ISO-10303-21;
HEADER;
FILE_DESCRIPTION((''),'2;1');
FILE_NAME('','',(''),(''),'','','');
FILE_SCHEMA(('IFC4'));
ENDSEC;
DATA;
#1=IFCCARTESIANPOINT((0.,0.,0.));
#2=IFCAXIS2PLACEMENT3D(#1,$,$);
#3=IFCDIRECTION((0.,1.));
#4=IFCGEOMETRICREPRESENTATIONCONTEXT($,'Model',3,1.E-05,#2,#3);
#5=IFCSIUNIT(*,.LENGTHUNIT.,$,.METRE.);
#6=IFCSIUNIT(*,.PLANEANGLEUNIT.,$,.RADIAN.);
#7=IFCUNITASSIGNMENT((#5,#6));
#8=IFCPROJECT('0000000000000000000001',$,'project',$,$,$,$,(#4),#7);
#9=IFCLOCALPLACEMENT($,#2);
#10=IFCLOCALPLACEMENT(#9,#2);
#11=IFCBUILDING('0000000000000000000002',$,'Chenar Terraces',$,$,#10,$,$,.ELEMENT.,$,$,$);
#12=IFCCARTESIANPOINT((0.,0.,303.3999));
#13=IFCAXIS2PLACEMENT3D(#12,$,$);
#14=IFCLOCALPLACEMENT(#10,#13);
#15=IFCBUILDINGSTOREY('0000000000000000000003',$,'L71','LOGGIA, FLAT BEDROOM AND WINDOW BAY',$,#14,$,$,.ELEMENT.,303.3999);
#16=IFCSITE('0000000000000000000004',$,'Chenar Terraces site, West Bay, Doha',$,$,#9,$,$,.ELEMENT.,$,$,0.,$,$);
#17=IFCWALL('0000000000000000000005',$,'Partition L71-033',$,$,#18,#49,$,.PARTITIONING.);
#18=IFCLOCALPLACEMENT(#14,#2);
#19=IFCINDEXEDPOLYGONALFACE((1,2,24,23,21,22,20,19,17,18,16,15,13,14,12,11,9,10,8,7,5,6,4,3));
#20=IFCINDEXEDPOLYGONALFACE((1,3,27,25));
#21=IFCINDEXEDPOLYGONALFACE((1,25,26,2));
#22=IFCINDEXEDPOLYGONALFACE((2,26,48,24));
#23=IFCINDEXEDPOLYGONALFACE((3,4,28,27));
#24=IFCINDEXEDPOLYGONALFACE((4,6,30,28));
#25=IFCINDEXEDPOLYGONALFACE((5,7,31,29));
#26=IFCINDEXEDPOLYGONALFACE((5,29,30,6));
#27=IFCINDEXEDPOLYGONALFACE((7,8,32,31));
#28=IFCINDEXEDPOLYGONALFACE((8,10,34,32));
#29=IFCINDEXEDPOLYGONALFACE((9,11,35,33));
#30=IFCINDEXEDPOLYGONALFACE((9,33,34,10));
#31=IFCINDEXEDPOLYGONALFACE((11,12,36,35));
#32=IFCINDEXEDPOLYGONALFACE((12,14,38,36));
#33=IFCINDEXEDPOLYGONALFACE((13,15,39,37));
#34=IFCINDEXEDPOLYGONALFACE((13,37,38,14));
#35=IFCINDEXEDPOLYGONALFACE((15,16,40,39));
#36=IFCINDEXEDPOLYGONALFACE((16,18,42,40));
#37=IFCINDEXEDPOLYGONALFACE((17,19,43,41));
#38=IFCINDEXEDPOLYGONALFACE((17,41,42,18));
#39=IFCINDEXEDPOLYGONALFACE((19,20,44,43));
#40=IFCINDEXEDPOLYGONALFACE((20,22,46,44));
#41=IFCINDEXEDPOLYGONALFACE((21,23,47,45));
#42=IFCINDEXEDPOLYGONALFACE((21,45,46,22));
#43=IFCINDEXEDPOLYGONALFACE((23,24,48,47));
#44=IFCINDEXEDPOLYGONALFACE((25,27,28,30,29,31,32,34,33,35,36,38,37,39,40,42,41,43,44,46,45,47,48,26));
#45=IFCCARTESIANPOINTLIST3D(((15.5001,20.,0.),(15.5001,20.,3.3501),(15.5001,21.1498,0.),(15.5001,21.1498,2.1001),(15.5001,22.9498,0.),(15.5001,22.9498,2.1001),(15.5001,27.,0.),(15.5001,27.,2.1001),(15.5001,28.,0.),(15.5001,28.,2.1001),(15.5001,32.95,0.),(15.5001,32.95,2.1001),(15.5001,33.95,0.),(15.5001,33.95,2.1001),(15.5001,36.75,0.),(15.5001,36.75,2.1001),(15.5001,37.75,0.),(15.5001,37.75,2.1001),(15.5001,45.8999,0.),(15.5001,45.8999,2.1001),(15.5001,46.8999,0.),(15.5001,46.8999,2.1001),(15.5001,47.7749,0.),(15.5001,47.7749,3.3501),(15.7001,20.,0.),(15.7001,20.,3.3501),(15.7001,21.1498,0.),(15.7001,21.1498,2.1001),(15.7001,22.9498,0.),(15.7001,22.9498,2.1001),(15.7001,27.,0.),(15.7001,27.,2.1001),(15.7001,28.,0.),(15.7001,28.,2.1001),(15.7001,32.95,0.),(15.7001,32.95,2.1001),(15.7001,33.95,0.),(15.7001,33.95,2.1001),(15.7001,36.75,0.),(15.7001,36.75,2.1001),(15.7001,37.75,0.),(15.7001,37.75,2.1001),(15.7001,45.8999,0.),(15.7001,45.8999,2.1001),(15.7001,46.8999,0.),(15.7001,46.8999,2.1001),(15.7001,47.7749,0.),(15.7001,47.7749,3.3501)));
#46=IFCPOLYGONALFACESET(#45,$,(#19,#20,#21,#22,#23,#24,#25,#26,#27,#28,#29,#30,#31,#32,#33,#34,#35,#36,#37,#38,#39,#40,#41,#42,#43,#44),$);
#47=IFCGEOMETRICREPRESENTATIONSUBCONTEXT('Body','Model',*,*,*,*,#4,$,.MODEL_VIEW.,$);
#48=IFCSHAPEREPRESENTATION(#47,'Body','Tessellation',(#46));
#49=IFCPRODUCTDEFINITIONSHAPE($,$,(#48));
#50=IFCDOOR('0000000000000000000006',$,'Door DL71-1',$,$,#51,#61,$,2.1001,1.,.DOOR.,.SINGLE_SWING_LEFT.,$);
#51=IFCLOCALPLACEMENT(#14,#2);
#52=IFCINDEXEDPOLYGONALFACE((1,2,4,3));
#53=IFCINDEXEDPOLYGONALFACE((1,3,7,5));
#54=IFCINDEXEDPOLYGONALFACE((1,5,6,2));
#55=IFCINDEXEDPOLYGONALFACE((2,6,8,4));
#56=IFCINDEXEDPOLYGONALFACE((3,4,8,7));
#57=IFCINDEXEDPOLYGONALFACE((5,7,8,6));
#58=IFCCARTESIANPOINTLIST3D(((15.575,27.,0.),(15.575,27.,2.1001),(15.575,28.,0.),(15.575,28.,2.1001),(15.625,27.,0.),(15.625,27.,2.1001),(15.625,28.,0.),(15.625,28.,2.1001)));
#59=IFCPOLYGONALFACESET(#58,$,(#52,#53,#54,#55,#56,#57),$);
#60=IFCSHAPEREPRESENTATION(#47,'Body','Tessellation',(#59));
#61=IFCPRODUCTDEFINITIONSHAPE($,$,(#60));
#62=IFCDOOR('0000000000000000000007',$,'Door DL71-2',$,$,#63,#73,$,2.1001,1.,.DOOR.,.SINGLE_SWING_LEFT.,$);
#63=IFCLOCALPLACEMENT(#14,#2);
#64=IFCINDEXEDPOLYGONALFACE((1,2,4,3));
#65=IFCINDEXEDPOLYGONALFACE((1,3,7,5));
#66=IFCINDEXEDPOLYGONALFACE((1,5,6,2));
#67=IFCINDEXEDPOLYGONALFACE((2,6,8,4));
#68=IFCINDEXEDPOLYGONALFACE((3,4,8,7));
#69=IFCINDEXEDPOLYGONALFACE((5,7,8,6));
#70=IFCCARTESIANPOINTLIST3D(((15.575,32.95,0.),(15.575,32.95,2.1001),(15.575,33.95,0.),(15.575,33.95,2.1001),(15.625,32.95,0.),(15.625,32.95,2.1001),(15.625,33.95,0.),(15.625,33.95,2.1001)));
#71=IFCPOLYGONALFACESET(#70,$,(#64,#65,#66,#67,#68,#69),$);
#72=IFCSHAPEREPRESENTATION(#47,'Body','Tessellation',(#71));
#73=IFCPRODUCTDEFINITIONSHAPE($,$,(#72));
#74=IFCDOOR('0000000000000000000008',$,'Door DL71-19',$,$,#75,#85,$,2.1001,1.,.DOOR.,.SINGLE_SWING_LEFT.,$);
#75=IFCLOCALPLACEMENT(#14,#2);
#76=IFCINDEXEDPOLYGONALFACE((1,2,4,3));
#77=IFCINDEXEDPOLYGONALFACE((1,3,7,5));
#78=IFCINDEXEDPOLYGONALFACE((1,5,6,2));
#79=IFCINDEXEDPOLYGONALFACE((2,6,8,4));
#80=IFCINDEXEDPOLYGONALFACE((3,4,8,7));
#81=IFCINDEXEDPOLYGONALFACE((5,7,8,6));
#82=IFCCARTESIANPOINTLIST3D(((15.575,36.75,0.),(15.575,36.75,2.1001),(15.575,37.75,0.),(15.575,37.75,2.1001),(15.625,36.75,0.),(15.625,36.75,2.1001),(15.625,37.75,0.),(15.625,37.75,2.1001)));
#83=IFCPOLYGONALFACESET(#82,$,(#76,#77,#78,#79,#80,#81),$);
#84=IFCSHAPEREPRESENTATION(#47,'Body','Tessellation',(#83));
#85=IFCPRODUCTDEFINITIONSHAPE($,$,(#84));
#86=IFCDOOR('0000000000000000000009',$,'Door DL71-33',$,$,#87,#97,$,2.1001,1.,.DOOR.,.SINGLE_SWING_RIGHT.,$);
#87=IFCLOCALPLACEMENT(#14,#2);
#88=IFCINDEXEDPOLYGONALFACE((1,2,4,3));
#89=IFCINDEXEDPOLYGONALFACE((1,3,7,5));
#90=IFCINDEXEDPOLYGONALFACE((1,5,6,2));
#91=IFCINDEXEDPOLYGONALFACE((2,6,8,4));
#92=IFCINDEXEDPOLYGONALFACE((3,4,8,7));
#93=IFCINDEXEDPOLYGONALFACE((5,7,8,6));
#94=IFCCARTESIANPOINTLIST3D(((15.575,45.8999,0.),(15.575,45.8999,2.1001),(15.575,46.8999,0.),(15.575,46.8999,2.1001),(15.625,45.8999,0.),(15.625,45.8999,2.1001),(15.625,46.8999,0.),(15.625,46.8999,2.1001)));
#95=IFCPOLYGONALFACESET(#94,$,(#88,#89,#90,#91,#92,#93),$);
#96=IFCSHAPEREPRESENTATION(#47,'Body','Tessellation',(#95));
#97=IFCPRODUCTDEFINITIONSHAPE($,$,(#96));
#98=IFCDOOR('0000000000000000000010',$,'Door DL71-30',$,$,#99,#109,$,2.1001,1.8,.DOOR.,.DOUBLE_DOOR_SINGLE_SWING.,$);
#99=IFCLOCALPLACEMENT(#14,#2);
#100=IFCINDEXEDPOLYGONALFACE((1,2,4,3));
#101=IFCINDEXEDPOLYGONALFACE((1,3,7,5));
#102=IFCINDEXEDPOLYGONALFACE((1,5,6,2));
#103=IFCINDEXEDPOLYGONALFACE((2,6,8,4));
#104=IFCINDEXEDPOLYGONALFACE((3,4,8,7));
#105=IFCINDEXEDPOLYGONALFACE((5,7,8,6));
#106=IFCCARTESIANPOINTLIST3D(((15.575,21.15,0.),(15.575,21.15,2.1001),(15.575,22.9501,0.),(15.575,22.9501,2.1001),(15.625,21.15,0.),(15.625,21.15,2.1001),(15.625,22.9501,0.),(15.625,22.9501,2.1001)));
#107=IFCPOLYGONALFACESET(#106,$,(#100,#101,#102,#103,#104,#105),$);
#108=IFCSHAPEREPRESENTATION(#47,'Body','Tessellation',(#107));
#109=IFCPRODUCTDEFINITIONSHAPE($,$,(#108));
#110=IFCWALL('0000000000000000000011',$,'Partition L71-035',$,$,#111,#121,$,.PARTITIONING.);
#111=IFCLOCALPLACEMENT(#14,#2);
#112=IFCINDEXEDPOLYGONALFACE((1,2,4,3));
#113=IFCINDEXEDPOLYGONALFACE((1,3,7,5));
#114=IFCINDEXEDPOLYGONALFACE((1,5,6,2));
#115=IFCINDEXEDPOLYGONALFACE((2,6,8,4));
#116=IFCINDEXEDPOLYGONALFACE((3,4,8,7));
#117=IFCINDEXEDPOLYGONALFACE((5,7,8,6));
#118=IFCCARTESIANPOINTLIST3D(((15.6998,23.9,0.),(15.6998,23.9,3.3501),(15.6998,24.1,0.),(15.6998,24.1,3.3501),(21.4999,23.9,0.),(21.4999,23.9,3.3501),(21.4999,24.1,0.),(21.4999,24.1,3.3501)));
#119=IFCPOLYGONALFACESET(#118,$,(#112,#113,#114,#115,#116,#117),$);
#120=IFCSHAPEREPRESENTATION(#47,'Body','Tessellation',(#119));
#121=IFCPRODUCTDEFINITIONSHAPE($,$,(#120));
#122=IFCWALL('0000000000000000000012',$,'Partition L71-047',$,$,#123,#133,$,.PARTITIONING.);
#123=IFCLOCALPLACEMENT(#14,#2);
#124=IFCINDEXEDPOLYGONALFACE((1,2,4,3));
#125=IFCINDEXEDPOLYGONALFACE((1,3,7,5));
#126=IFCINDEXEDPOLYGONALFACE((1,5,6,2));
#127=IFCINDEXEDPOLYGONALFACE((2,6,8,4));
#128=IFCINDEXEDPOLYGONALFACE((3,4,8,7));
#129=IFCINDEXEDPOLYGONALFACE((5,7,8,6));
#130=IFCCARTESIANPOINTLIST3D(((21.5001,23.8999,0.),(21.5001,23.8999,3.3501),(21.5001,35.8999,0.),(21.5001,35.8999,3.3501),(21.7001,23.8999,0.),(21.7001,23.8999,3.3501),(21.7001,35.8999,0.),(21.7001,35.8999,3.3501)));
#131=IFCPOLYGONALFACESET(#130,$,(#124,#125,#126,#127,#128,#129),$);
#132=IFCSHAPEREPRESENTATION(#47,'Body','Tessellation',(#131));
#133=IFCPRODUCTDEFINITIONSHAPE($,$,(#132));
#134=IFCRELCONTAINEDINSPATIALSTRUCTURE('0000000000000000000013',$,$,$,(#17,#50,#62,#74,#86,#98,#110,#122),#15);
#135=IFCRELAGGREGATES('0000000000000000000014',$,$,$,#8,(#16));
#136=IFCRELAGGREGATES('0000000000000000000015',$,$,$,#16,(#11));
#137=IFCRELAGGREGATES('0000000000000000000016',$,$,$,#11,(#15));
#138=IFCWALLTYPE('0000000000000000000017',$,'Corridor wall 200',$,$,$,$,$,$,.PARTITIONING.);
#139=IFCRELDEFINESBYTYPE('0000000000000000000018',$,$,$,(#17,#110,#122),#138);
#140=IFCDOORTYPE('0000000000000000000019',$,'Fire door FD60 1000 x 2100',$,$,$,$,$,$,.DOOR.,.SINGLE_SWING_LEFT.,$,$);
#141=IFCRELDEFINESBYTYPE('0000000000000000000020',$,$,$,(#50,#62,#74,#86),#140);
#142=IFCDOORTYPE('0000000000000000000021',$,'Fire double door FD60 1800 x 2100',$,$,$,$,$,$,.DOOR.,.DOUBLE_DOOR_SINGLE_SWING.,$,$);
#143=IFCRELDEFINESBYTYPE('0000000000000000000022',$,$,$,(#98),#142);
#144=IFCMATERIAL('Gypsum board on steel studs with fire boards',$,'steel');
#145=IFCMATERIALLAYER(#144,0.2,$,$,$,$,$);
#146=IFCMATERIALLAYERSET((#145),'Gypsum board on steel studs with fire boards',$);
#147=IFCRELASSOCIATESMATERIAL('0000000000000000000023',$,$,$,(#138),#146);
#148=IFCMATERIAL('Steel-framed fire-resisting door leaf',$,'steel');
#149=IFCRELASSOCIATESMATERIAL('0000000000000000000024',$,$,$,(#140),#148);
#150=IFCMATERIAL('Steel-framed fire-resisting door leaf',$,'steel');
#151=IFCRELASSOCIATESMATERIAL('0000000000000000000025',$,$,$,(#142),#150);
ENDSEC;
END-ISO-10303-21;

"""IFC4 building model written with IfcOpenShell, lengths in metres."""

from ifc_helpers import new_model, si_unit, direction, frame, frame_2d, origin, place, context, subcontext, project, spatial, rectangle, extrude, material, layer, layer_set, type_object, element, fill, save


model = new_model("IFC4")

# Units and contexts
model_context = context("Model", 3, precision=1e-05, world=origin(), true_north=direction((0.0, 1.0)))
body_context = subcontext(model_context, "Body", "Model", "MODEL_VIEW")
ifc_project = project(units=[si_unit("LENGTHUNIT", "METRE"), si_unit("PLANEANGLEUNIT", "RADIAN")], contexts=[model_context])

# Site, building, storey
site_placement = place(None, origin())
site = spatial("IfcSite", under=ifc_project, at=site_placement, Name="Chenar Terraces site, West Bay, Doha", CompositionType="ELEMENT", RefElevation=0.0)
building_placement = place(site_placement, origin())
building = spatial("IfcBuilding", under=site, at=building_placement, Name="Chenar Terraces", CompositionType="ELEMENT")
storey_placement = place(building_placement, frame((0.0, 0.0, 303.3999)))
storey = spatial("IfcBuildingStorey", under=building, at=storey_placement, Name="L71", Description="LOGGIA, FLAT BEDROOM AND WINDOW BAY", CompositionType="ELEMENT", Elevation=303.3999)

# Wall, openings, doors
ifc_material_1 = material(Name="Gypsum board on steel studs with fire boards", Category="steel")
ifc_layer_1 = layer(ifc_material_1, 0.2)
ifc_layer_set_1 = layer_set([ifc_layer_1], Name="Gypsum board on steel studs with fire boards")
wall_type_1 = type_object("IfcWallType", Name="Corridor wall 200", PredefinedType="PARTITIONING", material=ifc_layer_set_1)
wall_1_placement = place(storey_placement, frame((15.6001, 20.0, 0.0), z_axis=(0.0, 0.0, 1.0), x_axis=(0.0, 1.0, 0.0)))
wall_1 = element("IfcWall", 1, at=wall_1_placement, inside=storey, type_object=wall_type_1, Name="Partition L71-033", PredefinedType="PARTITIONING", context=body_context, shape_type="SweptSolid", body=[
    extrude(rectangle(XDim=27.7749, YDim=0.2, at=frame_2d((13.8875, 0.0))), origin(), (0.0, 0.0, 1.0), 3.3501),
])
opening_1_placement = place(wall_1_placement, frame((7.0, 0.0, 0.0)))
opening_1 = element("IfcOpeningElement", 2, at=opening_1_placement, cuts=wall_1, PredefinedType="OPENING", context=body_context, shape_type="SweptSolid", body=[
    extrude(rectangle(XDim=1.0, YDim=2.1001, at=frame_2d((0.5, 1.05))), frame((0.0, 0.1099, 0.0), z_axis=(0.0, -1.0, 0.0), x_axis=(1.0, 0.0, 0.0)), (0.0, 0.0, 1.0), 0.22),
])
opening_2_placement = place(wall_1_placement, frame((12.95, 0.0, 0.0)))
opening_2 = element("IfcOpeningElement", 3, at=opening_2_placement, cuts=wall_1, PredefinedType="OPENING", context=body_context, shape_type="SweptSolid", body=[
    extrude(rectangle(XDim=1.0, YDim=2.1001, at=frame_2d((0.5, 1.05))), frame((0.0, 0.1099, 0.0), z_axis=(0.0, -1.0, 0.0), x_axis=(1.0, 0.0, 0.0)), (0.0, 0.0, 1.0), 0.22),
])
opening_3_placement = place(wall_1_placement, frame((16.75, 0.0, 0.0)))
opening_3 = element("IfcOpeningElement", 4, at=opening_3_placement, cuts=wall_1, PredefinedType="OPENING", context=body_context, shape_type="SweptSolid", body=[
    extrude(rectangle(XDim=1.0, YDim=2.1001, at=frame_2d((0.5, 1.05))), frame((0.0, 0.1099, 0.0), z_axis=(0.0, -1.0, 0.0), x_axis=(1.0, 0.0, 0.0)), (0.0, 0.0, 1.0), 0.22),
])
opening_4_placement = place(wall_1_placement, frame((1.1499, 0.0, 0.0)))
opening_4 = element("IfcOpeningElement", 5, at=opening_4_placement, cuts=wall_1, PredefinedType="OPENING", context=body_context, shape_type="SweptSolid", body=[
    extrude(rectangle(XDim=1.8, YDim=2.1001, at=frame_2d((0.8999, 1.05))), frame((0.0, 0.1099, 0.0), z_axis=(0.0, -1.0, 0.0), x_axis=(1.0, 0.0, 0.0)), (0.0, 0.0, 1.0), 0.22),
])
opening_5_placement = place(wall_1_placement, frame((25.8999, 0.0, 0.0)))
opening_5 = element("IfcOpeningElement", 6, at=opening_5_placement, cuts=wall_1, PredefinedType="OPENING", context=body_context, shape_type="SweptSolid", body=[
    extrude(rectangle(XDim=1.0, YDim=2.1001, at=frame_2d((0.5, 1.05))), frame((0.0, 0.1099, 0.0), z_axis=(0.0, -1.0, 0.0), x_axis=(1.0, 0.0, 0.0)), (0.0, 0.0, 1.0), 0.22),
])
ifc_material_2 = material(Name="Steel-framed fire-resisting door leaf", Category="steel")
door_type_1 = type_object("IfcDoorType", Name="Fire door FD60 1000 x 2100", OperationType="SINGLE_SWING_LEFT", PredefinedType="DOOR", material=ifc_material_2)
door_1_placement = place(opening_1_placement, frame((1.0, 0.0, 0.0), z_axis=(0.0, 0.0, 1.0), x_axis=(-1.0, 0.0, 0.0)))
door_1 = element("IfcDoor", 7, at=door_1_placement, inside=storey, type_object=door_type_1, Name="Door DL71-1", OperationType="SINGLE_SWING_LEFT", OverallHeight=2.1001, OverallWidth=1.0, PredefinedType="DOOR", context=body_context, shape_type="SweptSolid", body=[
    extrude(rectangle(XDim=1.0, YDim=2.1001, at=frame_2d((0.5, 1.05))), frame((0.0, 0.0249, 0.0), z_axis=(0.0, -1.0, 0.0), x_axis=(1.0, 0.0, 0.0)), (0.0, 0.0, 1.0), 0.05),
])
fill(opening_1, door_1)
door_2_placement = place(opening_2_placement, frame((1.0, 0.0, 0.0), z_axis=(0.0, 0.0, 1.0), x_axis=(-1.0, 0.0, 0.0)))
door_2 = element("IfcDoor", 8, at=door_2_placement, inside=storey, type_object=door_type_1, Name="Door DL71-2", OperationType="SINGLE_SWING_LEFT", OverallHeight=2.1001, OverallWidth=1.0, PredefinedType="DOOR", context=body_context, shape_type="SweptSolid", body=[
    extrude(rectangle(XDim=1.0, YDim=2.1001, at=frame_2d((0.5, 1.05))), frame((0.0, 0.0249, 0.0), z_axis=(0.0, -1.0, 0.0), x_axis=(1.0, 0.0, 0.0)), (0.0, 0.0, 1.0), 0.05),
])
fill(opening_2, door_2)
door_3_placement = place(opening_3_placement, frame((1.0, 0.0, 0.0), z_axis=(0.0, 0.0, 1.0), x_axis=(-1.0, 0.0, 0.0)))
door_3 = element("IfcDoor", 9, at=door_3_placement, inside=storey, type_object=door_type_1, Name="Door DL71-19", OperationType="SINGLE_SWING_LEFT", OverallHeight=2.1001, OverallWidth=1.0, PredefinedType="DOOR", context=body_context, shape_type="SweptSolid", body=[
    extrude(rectangle(XDim=1.0, YDim=2.1001, at=frame_2d((0.5, 1.05))), frame((0.0, 0.0249, 0.0), z_axis=(0.0, -1.0, 0.0), x_axis=(1.0, 0.0, 0.0)), (0.0, 0.0, 1.0), 0.05),
])
fill(opening_3, door_3)
door_4_placement = place(opening_5_placement, frame((1.0, 0.0, 0.0), z_axis=(0.0, 0.0, 1.0), x_axis=(-1.0, 0.0, 0.0)))
door_4 = element("IfcDoor", 10, at=door_4_placement, inside=storey, type_object=door_type_1, Name="Door DL71-33", OperationType="SINGLE_SWING_RIGHT", OverallHeight=2.1001, OverallWidth=1.0, PredefinedType="DOOR", context=body_context, shape_type="SweptSolid", body=[
    extrude(rectangle(XDim=1.0, YDim=2.1001, at=frame_2d((0.5, 1.05))), frame((0.0, 0.0249, 0.0), z_axis=(0.0, -1.0, 0.0), x_axis=(1.0, 0.0, 0.0)), (0.0, 0.0, 1.0), 0.05),
])
fill(opening_5, door_4)
ifc_material_3 = material(Name="Steel-framed fire-resisting door leaf", Category="steel")
door_type_2 = type_object("IfcDoorType", Name="Fire double door FD60 1800 x 2100", OperationType="DOUBLE_DOOR_SINGLE_SWING", PredefinedType="DOOR", material=ifc_material_3)
door_5_placement = place(opening_4_placement, frame((1.8, 0.0, 0.0), z_axis=(0.0, 0.0, 1.0), x_axis=(-1.0, 0.0, 0.0)))
door_5 = element("IfcDoor", 11, at=door_5_placement, inside=storey, type_object=door_type_2, Name="Door DL71-30", OperationType="DOUBLE_DOOR_SINGLE_SWING", OverallHeight=2.1001, OverallWidth=1.8, PredefinedType="DOOR", context=body_context, shape_type="SweptSolid", body=[
    extrude(rectangle(XDim=1.8, YDim=2.1001, at=frame_2d((0.8999, 1.05))), frame((0.0, 0.0249, 0.0), z_axis=(0.0, -1.0, 0.0), x_axis=(1.0, 0.0, 0.0)), (0.0, 0.0, 1.0), 0.05),
])
fill(opening_4, door_5)

# Walls
wall_2_placement = place(storey_placement, frame((15.7, 24.0, 0.0), z_axis=(0.0, 0.0, 1.0), x_axis=(1.0, 0.0, 0.0)))
element("IfcWall", 12, at=wall_2_placement, inside=storey, type_object=wall_type_1, Name="Partition L71-035", PredefinedType="PARTITIONING", context=body_context, shape_type="SweptSolid", body=[
    extrude(rectangle(XDim=5.8, YDim=0.2, at=frame_2d((2.8999, 0.0))), origin(), (0.0, 0.0, 1.0), 3.3501),
])
wall_3_placement = place(storey_placement, frame((21.6001, 23.8999, 0.0), z_axis=(0.0, 0.0, 1.0), x_axis=(0.0, 1.0, 0.0)))
element("IfcWall", 13, at=wall_3_placement, inside=storey, type_object=wall_type_1, Name="Partition L71-047", PredefinedType="PARTITIONING", context=body_context, shape_type="SweptSolid", body=[
    extrude(rectangle(XDim=12.0, YDim=0.2, at=frame_2d((6.0, 0.0))), origin(), (0.0, 0.0, 1.0), 3.3501),
])

save(model, "model.ifc")
